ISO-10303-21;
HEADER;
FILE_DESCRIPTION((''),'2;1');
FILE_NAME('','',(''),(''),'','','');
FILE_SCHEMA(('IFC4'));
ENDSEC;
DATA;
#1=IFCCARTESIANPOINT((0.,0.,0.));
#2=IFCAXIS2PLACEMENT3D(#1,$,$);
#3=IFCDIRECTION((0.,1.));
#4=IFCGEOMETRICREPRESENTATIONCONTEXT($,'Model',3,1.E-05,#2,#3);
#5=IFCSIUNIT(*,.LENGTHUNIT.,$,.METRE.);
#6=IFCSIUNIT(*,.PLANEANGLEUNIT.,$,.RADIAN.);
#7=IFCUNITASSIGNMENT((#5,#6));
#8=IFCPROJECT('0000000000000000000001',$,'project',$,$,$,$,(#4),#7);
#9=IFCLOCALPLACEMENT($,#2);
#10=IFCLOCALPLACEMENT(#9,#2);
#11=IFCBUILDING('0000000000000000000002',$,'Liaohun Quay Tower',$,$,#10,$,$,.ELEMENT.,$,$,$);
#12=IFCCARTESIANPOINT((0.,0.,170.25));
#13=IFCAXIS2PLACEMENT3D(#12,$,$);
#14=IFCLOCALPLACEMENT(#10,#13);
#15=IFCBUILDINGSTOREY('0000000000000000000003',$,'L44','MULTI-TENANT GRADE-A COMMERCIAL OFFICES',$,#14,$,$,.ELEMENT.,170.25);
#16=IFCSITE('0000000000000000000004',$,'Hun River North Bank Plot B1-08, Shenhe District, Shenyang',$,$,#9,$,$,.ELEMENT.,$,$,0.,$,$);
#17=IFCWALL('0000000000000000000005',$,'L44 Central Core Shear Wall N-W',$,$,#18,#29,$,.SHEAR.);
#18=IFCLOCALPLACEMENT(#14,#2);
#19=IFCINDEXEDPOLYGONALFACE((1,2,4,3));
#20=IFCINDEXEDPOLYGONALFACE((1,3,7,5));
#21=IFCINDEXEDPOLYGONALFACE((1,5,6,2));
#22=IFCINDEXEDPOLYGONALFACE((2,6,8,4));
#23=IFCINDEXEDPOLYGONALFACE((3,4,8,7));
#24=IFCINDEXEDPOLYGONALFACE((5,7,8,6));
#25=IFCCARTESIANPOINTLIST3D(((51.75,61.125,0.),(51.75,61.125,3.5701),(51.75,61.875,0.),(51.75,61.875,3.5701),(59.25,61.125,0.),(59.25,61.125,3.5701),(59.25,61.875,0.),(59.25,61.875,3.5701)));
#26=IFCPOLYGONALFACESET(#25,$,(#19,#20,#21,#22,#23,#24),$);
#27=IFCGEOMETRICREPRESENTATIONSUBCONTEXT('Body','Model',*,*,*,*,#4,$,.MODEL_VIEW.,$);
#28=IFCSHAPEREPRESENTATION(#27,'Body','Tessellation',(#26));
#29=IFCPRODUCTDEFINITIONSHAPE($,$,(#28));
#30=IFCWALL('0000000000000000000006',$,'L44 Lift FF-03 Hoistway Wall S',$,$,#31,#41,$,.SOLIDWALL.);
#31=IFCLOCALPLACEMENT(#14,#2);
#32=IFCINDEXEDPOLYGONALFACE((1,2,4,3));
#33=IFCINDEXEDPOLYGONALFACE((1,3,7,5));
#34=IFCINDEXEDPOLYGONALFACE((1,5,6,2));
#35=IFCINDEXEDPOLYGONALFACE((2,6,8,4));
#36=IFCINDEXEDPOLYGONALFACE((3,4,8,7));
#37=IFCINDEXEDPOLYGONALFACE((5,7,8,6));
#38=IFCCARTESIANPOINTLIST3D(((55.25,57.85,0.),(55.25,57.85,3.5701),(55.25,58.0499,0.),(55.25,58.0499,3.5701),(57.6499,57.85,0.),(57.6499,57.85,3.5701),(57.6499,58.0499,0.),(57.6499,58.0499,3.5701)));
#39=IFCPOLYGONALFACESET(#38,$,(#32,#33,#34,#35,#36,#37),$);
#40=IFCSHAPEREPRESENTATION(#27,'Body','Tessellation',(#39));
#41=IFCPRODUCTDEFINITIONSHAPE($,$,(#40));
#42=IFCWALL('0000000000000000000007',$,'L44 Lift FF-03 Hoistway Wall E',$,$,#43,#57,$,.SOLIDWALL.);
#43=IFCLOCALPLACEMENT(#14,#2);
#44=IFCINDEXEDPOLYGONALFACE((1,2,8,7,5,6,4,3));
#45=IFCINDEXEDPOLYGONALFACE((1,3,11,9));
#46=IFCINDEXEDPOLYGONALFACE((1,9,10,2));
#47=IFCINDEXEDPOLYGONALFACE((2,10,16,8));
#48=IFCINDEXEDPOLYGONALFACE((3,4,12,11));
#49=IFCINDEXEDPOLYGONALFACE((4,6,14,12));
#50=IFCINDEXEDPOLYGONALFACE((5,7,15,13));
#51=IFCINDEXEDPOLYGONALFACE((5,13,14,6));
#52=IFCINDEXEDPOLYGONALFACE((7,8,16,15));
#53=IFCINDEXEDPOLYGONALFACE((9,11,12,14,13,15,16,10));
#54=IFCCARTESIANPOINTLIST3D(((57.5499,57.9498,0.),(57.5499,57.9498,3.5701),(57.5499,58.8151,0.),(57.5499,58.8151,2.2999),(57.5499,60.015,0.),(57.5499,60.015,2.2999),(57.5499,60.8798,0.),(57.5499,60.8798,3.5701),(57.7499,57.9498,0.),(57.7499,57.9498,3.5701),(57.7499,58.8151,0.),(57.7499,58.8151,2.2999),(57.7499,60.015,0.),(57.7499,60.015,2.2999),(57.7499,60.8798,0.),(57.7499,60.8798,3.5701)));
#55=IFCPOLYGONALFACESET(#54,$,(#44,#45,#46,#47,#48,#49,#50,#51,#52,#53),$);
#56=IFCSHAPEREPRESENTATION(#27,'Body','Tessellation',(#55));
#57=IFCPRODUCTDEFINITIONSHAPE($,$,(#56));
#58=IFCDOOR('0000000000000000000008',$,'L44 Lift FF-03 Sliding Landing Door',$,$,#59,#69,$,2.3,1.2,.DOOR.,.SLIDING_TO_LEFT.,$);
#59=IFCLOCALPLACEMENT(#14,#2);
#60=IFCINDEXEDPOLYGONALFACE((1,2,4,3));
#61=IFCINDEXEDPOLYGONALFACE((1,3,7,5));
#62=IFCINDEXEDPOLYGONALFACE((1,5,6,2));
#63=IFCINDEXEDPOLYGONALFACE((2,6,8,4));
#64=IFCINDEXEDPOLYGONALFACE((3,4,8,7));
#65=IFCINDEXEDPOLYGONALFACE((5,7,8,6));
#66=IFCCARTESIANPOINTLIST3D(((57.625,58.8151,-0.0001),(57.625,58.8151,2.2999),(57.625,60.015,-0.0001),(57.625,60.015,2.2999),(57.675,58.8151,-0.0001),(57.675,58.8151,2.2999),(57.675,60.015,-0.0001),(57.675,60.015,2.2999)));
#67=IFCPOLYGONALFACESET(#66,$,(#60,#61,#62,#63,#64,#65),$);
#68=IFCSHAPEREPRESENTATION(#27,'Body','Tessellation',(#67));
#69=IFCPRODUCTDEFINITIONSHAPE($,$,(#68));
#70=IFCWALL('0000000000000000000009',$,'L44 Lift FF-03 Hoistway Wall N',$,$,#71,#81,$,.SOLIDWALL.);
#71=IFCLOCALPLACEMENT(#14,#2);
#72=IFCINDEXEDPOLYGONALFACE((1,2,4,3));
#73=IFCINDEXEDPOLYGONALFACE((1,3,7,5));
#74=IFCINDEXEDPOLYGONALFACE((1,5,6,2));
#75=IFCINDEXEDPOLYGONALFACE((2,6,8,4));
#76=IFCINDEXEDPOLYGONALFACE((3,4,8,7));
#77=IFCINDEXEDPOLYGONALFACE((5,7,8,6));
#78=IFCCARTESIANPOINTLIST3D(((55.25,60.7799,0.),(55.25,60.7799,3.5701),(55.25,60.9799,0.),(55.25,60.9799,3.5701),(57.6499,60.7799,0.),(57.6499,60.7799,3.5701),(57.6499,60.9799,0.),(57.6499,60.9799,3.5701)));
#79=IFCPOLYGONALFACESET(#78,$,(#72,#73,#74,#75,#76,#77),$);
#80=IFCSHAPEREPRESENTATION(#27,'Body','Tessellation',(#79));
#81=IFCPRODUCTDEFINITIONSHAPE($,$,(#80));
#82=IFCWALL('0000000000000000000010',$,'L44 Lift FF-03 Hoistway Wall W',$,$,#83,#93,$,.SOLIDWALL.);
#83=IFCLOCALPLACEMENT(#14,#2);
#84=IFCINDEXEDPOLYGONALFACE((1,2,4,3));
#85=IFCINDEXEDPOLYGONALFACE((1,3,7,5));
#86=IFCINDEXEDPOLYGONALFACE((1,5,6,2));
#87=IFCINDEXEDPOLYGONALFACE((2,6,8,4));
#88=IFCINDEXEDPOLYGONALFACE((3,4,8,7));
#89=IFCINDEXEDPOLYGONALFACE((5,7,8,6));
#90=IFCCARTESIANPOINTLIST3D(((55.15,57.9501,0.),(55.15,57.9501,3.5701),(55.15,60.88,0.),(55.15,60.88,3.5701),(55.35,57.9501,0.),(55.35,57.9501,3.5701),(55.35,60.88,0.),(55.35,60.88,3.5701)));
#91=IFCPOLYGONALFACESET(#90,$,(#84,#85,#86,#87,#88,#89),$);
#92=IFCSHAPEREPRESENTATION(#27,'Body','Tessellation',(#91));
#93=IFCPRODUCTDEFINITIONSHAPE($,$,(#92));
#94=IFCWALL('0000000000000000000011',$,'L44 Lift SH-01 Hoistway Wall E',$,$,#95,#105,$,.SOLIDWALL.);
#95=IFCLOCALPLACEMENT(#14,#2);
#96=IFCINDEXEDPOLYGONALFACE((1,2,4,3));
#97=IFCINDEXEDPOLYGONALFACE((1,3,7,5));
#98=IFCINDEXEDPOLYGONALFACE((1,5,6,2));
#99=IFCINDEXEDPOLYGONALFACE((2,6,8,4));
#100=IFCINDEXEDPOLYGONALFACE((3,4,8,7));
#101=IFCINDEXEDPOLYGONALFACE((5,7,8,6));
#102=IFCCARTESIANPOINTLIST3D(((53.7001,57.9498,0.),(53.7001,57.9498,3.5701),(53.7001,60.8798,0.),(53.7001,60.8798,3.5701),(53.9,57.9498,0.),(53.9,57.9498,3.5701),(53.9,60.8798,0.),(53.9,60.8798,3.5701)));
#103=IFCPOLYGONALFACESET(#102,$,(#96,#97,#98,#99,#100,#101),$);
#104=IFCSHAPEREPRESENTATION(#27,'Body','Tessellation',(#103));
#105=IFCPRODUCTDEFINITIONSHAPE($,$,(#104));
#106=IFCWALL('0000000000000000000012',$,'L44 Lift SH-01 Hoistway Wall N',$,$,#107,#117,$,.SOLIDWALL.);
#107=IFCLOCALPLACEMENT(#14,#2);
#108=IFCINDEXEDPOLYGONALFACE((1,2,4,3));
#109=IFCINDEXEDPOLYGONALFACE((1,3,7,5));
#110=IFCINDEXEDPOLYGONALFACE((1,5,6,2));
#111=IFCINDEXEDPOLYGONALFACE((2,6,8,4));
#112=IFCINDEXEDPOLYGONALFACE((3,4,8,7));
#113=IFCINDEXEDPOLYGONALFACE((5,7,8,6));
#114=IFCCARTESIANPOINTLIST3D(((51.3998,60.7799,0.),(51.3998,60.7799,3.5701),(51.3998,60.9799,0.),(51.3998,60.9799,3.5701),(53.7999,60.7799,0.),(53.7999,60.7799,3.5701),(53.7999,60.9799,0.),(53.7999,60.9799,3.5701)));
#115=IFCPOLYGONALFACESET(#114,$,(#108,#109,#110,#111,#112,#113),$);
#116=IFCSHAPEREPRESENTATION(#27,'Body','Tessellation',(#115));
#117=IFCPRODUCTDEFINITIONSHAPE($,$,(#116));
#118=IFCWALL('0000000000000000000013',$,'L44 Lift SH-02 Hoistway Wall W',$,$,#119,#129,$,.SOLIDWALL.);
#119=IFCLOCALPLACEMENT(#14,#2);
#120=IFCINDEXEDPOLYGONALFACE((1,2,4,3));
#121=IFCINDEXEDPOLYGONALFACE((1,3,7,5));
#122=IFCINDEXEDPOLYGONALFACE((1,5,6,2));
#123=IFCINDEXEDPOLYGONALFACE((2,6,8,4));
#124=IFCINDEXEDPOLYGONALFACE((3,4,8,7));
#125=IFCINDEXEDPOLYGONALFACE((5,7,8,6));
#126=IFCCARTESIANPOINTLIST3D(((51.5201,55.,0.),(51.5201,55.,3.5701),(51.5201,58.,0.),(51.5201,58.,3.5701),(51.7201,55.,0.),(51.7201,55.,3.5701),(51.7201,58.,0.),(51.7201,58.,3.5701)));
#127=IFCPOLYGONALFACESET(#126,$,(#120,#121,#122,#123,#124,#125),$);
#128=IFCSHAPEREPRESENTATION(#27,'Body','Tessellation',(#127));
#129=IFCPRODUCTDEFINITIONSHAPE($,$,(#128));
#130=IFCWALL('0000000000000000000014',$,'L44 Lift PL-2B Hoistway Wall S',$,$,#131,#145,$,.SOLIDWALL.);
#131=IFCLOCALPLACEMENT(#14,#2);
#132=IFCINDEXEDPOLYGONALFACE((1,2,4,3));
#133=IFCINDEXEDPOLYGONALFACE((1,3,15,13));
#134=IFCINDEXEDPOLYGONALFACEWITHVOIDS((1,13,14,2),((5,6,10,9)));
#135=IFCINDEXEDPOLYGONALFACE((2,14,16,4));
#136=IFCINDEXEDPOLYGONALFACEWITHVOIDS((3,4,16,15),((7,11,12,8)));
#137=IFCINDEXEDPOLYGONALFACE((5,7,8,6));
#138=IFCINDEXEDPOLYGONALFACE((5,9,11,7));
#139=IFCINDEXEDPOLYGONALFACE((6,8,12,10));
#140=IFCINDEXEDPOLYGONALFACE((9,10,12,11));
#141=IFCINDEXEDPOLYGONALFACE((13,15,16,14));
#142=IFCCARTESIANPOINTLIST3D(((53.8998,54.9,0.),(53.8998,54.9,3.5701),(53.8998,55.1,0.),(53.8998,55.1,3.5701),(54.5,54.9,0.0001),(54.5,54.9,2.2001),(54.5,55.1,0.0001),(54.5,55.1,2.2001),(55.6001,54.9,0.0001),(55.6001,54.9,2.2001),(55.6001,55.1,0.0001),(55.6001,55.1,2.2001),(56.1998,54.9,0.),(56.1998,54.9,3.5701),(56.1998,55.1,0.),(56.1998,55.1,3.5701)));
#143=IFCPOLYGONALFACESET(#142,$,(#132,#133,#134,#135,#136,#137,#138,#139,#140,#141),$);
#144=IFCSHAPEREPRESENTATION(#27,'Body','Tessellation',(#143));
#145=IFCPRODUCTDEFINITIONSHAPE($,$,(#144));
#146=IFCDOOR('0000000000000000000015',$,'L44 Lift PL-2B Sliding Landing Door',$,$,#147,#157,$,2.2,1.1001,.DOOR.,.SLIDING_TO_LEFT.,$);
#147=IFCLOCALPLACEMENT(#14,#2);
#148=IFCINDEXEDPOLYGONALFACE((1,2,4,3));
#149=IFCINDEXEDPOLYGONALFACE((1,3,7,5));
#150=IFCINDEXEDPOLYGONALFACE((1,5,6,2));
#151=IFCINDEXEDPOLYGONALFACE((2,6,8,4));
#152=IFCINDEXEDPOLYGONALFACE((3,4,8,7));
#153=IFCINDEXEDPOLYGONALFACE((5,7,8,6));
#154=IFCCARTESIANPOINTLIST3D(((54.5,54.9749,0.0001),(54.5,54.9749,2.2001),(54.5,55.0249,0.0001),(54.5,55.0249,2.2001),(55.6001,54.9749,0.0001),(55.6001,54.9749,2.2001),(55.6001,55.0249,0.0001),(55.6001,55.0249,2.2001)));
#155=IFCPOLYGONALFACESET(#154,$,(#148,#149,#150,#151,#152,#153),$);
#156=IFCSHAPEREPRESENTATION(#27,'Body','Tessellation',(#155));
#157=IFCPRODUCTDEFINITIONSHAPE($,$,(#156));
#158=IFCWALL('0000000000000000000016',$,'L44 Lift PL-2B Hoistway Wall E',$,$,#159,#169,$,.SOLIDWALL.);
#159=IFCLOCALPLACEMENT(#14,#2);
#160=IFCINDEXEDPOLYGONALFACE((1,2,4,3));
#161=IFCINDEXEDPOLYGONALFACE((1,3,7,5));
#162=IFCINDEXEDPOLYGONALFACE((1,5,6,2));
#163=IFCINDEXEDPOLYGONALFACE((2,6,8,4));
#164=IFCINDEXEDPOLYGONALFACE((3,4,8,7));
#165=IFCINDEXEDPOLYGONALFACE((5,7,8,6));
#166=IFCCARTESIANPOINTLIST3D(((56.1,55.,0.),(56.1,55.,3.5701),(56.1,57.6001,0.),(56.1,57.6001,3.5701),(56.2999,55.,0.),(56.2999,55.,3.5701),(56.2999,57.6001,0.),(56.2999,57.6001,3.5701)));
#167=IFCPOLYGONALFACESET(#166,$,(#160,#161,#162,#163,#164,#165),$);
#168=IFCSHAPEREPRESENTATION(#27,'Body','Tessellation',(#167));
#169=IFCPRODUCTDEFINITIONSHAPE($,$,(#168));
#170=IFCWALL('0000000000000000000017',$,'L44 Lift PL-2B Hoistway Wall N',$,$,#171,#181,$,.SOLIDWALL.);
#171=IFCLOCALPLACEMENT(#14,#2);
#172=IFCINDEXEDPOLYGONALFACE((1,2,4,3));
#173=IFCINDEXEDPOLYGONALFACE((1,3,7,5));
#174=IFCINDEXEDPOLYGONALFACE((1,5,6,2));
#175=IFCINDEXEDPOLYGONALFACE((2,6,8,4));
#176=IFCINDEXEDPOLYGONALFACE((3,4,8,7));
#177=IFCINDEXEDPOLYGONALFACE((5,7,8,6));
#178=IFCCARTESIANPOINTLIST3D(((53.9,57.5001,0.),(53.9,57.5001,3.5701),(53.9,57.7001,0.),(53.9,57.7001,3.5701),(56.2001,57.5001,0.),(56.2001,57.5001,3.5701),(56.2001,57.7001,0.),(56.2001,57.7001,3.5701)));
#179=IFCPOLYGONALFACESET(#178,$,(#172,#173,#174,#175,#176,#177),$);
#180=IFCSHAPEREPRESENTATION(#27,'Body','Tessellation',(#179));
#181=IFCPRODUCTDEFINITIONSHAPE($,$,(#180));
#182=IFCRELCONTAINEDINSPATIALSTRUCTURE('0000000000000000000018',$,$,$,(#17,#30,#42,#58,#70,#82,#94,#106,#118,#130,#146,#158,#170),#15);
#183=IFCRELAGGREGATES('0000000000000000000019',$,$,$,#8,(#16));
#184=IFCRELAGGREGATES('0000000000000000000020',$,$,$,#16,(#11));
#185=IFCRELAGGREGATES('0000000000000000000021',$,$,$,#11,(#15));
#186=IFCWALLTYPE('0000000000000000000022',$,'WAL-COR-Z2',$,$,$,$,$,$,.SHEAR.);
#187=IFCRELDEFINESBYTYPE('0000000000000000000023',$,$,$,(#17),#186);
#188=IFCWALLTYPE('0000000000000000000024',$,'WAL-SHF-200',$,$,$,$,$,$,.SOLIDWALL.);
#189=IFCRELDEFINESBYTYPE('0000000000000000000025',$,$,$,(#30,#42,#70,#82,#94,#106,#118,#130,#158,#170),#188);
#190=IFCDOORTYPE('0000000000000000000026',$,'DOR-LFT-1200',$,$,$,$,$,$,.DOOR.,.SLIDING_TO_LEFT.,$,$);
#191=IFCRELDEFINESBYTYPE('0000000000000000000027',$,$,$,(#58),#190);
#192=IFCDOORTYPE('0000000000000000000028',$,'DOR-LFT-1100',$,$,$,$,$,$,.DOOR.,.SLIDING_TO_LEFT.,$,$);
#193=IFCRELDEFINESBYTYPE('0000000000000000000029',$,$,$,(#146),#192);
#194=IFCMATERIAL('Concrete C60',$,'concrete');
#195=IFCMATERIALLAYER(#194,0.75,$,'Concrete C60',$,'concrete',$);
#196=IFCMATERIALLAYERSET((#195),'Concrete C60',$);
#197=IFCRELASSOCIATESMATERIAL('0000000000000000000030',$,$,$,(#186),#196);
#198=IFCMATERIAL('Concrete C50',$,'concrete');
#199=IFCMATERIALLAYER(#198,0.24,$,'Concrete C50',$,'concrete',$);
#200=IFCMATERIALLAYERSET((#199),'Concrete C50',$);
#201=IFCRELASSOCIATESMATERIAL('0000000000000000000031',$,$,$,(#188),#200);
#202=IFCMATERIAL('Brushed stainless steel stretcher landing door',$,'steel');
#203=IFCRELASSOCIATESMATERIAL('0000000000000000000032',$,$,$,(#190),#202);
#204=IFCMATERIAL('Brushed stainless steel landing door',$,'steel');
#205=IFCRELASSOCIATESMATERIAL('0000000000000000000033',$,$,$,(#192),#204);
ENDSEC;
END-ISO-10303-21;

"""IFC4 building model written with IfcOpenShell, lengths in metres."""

from ifc_helpers import new_model, si_unit, direction, frame, frame_2d, origin, place, context, subcontext, project, spatial, rectangle, extrude, source, transform, mapped, material, layer, layer_set, type_object, element, fill, save


model = new_model("IFC4")

# Units and contexts
model_context = context("Model", 3, precision=1e-05, world=origin(), true_north=direction((0.0, 1.0)))
body_context = subcontext(model_context, "Body", "Model", "MODEL_VIEW")
ifc_project = project(units=[si_unit("LENGTHUNIT", "METRE"), si_unit("PLANEANGLEUNIT", "RADIAN")], contexts=[model_context])

# Site, building, storey
site_placement = place(None, origin())
site = spatial("IfcSite", under=ifc_project, at=site_placement, Name="Hun River North Bank Plot B1-08, Shenhe District, Shenyang", CompositionType="ELEMENT", RefElevation=0.0)
building_placement = place(site_placement, origin())
building = spatial("IfcBuilding", under=site, at=building_placement, Name="Liaohun Quay Tower", CompositionType="ELEMENT")
storey_placement = place(building_placement, frame((0.0, 0.0, 170.25)))
storey = spatial("IfcBuildingStorey", under=building, at=storey_placement, Name="L44", Description="MULTI-TENANT GRADE-A COMMERCIAL OFFICES", CompositionType="ELEMENT", Elevation=170.25)

# Walls
ifc_material_1 = material(Name="Concrete C60", Category="concrete")
ifc_layer_1 = layer(ifc_material_1, 0.75, Name="Concrete C60", Category="concrete")
ifc_layer_set_1 = layer_set([ifc_layer_1], Name="Concrete C60")
wall_type_1 = type_object("IfcWallType", Name="WAL-COR-Z2", PredefinedType="SHEAR", material=ifc_layer_set_1)
wall_1_placement = place(storey_placement, frame((51.75, 61.5, 0.0), z_axis=(0.0, 0.0, 1.0), x_axis=(1.0, 0.0, 0.0)))
element("IfcWall", 1, at=wall_1_placement, inside=storey, type_object=wall_type_1, Name="L44 Central Core Shear Wall N-W", PredefinedType="SHEAR", context=body_context, shape_type="SweptSolid", body=[
    extrude(rectangle(XDim=7.5, YDim=0.75, at=frame_2d((3.75, 0.0))), origin(), (0.0, 0.0, 1.0), 3.5701),
])
ifc_material_2 = material(Name="Concrete C50", Category="concrete")
ifc_layer_2 = layer(ifc_material_2, 0.24, Name="Concrete C50", Category="concrete")
ifc_layer_set_2 = layer_set([ifc_layer_2], Name="Concrete C50")
wall_type_2 = type_object("IfcWallType", Name="WAL-SHF-200", PredefinedType="SOLIDWALL", material=ifc_layer_set_2)
wall_2_placement = place(storey_placement, frame((55.25, 57.95, 0.0), z_axis=(0.0, 0.0, 1.0), x_axis=(1.0, 0.0, 0.0)))
element("IfcWall", 2, at=wall_2_placement, inside=storey, type_object=wall_type_2, Name="L44 Lift FF-03 Hoistway Wall S", PredefinedType="SOLIDWALL", context=body_context, shape_type="SweptSolid", body=[
    extrude(rectangle(XDim=2.3999, YDim=0.2, at=frame_2d((1.2, 0.0))), origin(), (0.0, 0.0, 1.0), 3.5701),
])

# Wall, opening, door
wall_3_placement = place(storey_placement, frame((57.6499, 57.95, 0.0), z_axis=(0.0, 0.0, 1.0), x_axis=(0.0, 1.0, 0.0)))
wall_3 = element("IfcWall", 3, at=wall_3_placement, inside=storey, type_object=wall_type_2, Name="L44 Lift FF-03 Hoistway Wall E", PredefinedType="SOLIDWALL", context=body_context, shape_type="SweptSolid", body=[
    extrude(rectangle(XDim=2.9299, YDim=0.2, at=frame_2d((1.4648, 0.0))), origin(), (0.0, 0.0, 1.0), 3.5701),
])
shared_shape_1 = source(origin(), body_context, "Body", "SweptSolid", [
    extrude(rectangle(XDim=1.2, YDim=2.3, at=frame_2d((0.6001, 1.1499))), frame((0.0, 0.1099, 0.0), z_axis=(0.0, -1.0, 0.0), x_axis=(1.0, 0.0, 0.0)), (0.0, 0.0, 1.0), 0.22),
])
opening_1_placement = place(wall_3_placement, frame((0.865, 0.0, 0.0)))
opening_1 = element("IfcOpeningElement", 4, at=opening_1_placement, cuts=wall_3, PredefinedType="OPENING", context=body_context, shape_type="MappedRepresentation", body=[
    mapped(shared_shape_1, transform((0.0, 0.0, 0.0), x_axis=(1.0, 0.0, 0.0), y_axis=(0.0, 1.0, 0.0), z_axis=(0.0, 0.0, 1.0), scale=1.0)),
])
ifc_material_3 = material(Name="Brushed stainless steel stretcher landing door", Category="steel")
door_type_1 = type_object("IfcDoorType", Name="DOR-LFT-1200", OperationType="SLIDING_TO_LEFT", PredefinedType="DOOR", material=ifc_material_3)
shared_shape_2 = source(origin(), body_context, "Body", "SweptSolid", [
    extrude(rectangle(XDim=1.2, YDim=2.3, at=frame_2d((0.6001, 1.1499))), frame((0.0, 0.0249, 0.0), z_axis=(0.0, -1.0, 0.0), x_axis=(1.0, 0.0, 0.0)), (0.0, 0.0, 1.0), 0.05),
])
door_1_placement = place(opening_1_placement, origin())
door_1 = element("IfcDoor", 5, at=door_1_placement, inside=storey, type_object=door_type_1, Name="L44 Lift FF-03 Sliding Landing Door", OperationType="SLIDING_TO_LEFT", OverallHeight=2.3, OverallWidth=1.2, PredefinedType="DOOR", context=body_context, shape_type="MappedRepresentation", body=[
    mapped(shared_shape_2, transform((0.0, 0.0, 0.0), x_axis=(1.0, 0.0, 0.0), y_axis=(0.0, 1.0, 0.0), z_axis=(0.0, 0.0, 1.0), scale=1.0)),
])
fill(opening_1, door_1)

# Walls
wall_4_placement = place(storey_placement, frame((57.6499, 60.8799, 0.0), z_axis=(0.0, 0.0, 1.0), x_axis=(-1.0, 0.0, 0.0)))
element("IfcWall", 6, at=wall_4_placement, inside=storey, type_object=wall_type_2, Name="L44 Lift FF-03 Hoistway Wall N", PredefinedType="SOLIDWALL", context=body_context, shape_type="SweptSolid", body=[
    extrude(rectangle(XDim=2.3999, YDim=0.2, at=frame_2d((1.2, 0.0))), origin(), (0.0, 0.0, 1.0), 3.5701),
])
for number, where, z_axis, x_axis, name in (
    (7, (55.25, 60.8799, 0.0), (0.0, 0.0, 1.0), (0.0, -1.0, 0.0), "L44 Lift FF-03 Hoistway Wall W"),
    (8, (53.8, 57.95, 0.0), (0.0, 0.0, 1.0), (0.0, 1.0, 0.0), "L44 Lift SH-01 Hoistway Wall E"),
):
    element("IfcWall", number, at=place(storey_placement, frame(where, z_axis=z_axis, x_axis=x_axis)), inside=storey, type_object=wall_type_2, Name=name, PredefinedType="SOLIDWALL", context=body_context, shape_type="SweptSolid", body=[
        extrude(rectangle(XDim=2.9299, YDim=0.2, at=frame_2d((1.4648, 0.0))), origin(), (0.0, 0.0, 1.0), 3.5701),
    ])
wall_5_placement = place(storey_placement, frame((53.8, 60.8799, 0.0), z_axis=(0.0, 0.0, 1.0), x_axis=(-1.0, 0.0, 0.0)))
element("IfcWall", 9, at=wall_5_placement, inside=storey, type_object=wall_type_2, Name="L44 Lift SH-01 Hoistway Wall N", PredefinedType="SOLIDWALL", context=body_context, shape_type="SweptSolid", body=[
    extrude(rectangle(XDim=2.4001, YDim=0.2, at=frame_2d((1.2002, 0.0))), origin(), (0.0, 0.0, 1.0), 3.5701),
])
wall_6_placement = place(storey_placement, frame((51.6201, 58.0, 0.0), z_axis=(0.0, 0.0, 1.0), x_axis=(0.0, -1.0, 0.0)))
element("IfcWall", 10, at=wall_6_placement, inside=storey, type_object=wall_type_2, Name="L44 Lift SH-02 Hoistway Wall W", PredefinedType="SOLIDWALL", context=body_context, shape_type="SweptSolid", body=[
    extrude(rectangle(XDim=3.0, YDim=0.2, at=frame_2d((1.5, 0.0))), origin(), (0.0, 0.0, 1.0), 3.5701),
])

# Wall, opening, door
wall_7_placement = place(storey_placement, frame((53.8999, 55.0, 0.0), z_axis=(0.0, 0.0, 1.0), x_axis=(1.0, 0.0, 0.0)))
wall_7 = element("IfcWall", 11, at=wall_7_placement, inside=storey, type_object=wall_type_2, Name="L44 Lift PL-2B Hoistway Wall S", PredefinedType="SOLIDWALL", context=body_context, shape_type="SweptSolid", body=[
    extrude(rectangle(XDim=2.3, YDim=0.2, at=frame_2d((1.1499, 0.0))), origin(), (0.0, 0.0, 1.0), 3.5701),
])
shared_shape_3 = source(origin(), body_context, "Body", "SweptSolid", [
    extrude(rectangle(XDim=1.1001, YDim=2.2, at=frame_2d((0.55, 1.1001))), frame((0.0, 0.1099, 0.0), z_axis=(0.0, -1.0, 0.0), x_axis=(1.0, 0.0, 0.0)), (0.0, 0.0, 1.0), 0.22),
])
opening_2_placement = place(wall_7_placement, frame((0.6001, 0.0, 0.0)))
opening_2 = element("IfcOpeningElement", 12, at=opening_2_placement, cuts=wall_7, PredefinedType="OPENING", context=body_context, shape_type="MappedRepresentation", body=[
    mapped(shared_shape_3, transform((0.0, 0.0, 0.0), x_axis=(1.0, 0.0, 0.0), y_axis=(0.0, 1.0, 0.0), z_axis=(0.0, 0.0, 1.0), scale=1.0)),
])
ifc_material_4 = material(Name="Brushed stainless steel landing door", Category="steel")
door_type_2 = type_object("IfcDoorType", Name="DOR-LFT-1100", OperationType="SLIDING_TO_LEFT", PredefinedType="DOOR", material=ifc_material_4)
shared_shape_4 = source(origin(), body_context, "Body", "SweptSolid", [
    extrude(rectangle(XDim=1.1001, YDim=2.2, at=frame_2d((0.55, 1.1001))), frame((0.0, 0.0249, 0.0), z_axis=(0.0, -1.0, 0.0), x_axis=(1.0, 0.0, 0.0)), (0.0, 0.0, 1.0), 0.05),
])
door_2_placement = place(opening_2_placement, origin())
door_2 = element("IfcDoor", 13, at=door_2_placement, inside=storey, type_object=door_type_2, Name="L44 Lift PL-2B Sliding Landing Door", OperationType="SLIDING_TO_LEFT", OverallHeight=2.2, OverallWidth=1.1001, PredefinedType="DOOR", context=body_context, shape_type="MappedRepresentation", body=[
    mapped(shared_shape_4, transform((0.0, 0.0, 0.0), x_axis=(1.0, 0.0, 0.0), y_axis=(0.0, 1.0, 0.0), z_axis=(0.0, 0.0, 1.0), scale=1.0)),
])
fill(opening_2, door_2)

# Walls
wall_8_placement = place(storey_placement, frame((56.2, 55.0, 0.0), z_axis=(0.0, 0.0, 1.0), x_axis=(0.0, 1.0, 0.0)))
element("IfcWall", 14, at=wall_8_placement, inside=storey, type_object=wall_type_2, Name="L44 Lift PL-2B Hoistway Wall E", PredefinedType="SOLIDWALL", context=body_context, shape_type="SweptSolid", body=[
    extrude(rectangle(XDim=2.6001, YDim=0.2, at=frame_2d((1.3, 0.0))), origin(), (0.0, 0.0, 1.0), 3.5701),
])
wall_9_placement = place(storey_placement, frame((56.2, 57.6001, 0.0), z_axis=(0.0, 0.0, 1.0), x_axis=(-1.0, 0.0, 0.0)))
element("IfcWall", 15, at=wall_9_placement, inside=storey, type_object=wall_type_2, Name="L44 Lift PL-2B Hoistway Wall N", PredefinedType="SOLIDWALL", context=body_context, shape_type="SweptSolid", body=[
    extrude(rectangle(XDim=2.3, YDim=0.2, at=frame_2d((1.1499, 0.0))), origin(), (0.0, 0.0, 1.0), 3.5701),
])

save(model, "model.ifc")
